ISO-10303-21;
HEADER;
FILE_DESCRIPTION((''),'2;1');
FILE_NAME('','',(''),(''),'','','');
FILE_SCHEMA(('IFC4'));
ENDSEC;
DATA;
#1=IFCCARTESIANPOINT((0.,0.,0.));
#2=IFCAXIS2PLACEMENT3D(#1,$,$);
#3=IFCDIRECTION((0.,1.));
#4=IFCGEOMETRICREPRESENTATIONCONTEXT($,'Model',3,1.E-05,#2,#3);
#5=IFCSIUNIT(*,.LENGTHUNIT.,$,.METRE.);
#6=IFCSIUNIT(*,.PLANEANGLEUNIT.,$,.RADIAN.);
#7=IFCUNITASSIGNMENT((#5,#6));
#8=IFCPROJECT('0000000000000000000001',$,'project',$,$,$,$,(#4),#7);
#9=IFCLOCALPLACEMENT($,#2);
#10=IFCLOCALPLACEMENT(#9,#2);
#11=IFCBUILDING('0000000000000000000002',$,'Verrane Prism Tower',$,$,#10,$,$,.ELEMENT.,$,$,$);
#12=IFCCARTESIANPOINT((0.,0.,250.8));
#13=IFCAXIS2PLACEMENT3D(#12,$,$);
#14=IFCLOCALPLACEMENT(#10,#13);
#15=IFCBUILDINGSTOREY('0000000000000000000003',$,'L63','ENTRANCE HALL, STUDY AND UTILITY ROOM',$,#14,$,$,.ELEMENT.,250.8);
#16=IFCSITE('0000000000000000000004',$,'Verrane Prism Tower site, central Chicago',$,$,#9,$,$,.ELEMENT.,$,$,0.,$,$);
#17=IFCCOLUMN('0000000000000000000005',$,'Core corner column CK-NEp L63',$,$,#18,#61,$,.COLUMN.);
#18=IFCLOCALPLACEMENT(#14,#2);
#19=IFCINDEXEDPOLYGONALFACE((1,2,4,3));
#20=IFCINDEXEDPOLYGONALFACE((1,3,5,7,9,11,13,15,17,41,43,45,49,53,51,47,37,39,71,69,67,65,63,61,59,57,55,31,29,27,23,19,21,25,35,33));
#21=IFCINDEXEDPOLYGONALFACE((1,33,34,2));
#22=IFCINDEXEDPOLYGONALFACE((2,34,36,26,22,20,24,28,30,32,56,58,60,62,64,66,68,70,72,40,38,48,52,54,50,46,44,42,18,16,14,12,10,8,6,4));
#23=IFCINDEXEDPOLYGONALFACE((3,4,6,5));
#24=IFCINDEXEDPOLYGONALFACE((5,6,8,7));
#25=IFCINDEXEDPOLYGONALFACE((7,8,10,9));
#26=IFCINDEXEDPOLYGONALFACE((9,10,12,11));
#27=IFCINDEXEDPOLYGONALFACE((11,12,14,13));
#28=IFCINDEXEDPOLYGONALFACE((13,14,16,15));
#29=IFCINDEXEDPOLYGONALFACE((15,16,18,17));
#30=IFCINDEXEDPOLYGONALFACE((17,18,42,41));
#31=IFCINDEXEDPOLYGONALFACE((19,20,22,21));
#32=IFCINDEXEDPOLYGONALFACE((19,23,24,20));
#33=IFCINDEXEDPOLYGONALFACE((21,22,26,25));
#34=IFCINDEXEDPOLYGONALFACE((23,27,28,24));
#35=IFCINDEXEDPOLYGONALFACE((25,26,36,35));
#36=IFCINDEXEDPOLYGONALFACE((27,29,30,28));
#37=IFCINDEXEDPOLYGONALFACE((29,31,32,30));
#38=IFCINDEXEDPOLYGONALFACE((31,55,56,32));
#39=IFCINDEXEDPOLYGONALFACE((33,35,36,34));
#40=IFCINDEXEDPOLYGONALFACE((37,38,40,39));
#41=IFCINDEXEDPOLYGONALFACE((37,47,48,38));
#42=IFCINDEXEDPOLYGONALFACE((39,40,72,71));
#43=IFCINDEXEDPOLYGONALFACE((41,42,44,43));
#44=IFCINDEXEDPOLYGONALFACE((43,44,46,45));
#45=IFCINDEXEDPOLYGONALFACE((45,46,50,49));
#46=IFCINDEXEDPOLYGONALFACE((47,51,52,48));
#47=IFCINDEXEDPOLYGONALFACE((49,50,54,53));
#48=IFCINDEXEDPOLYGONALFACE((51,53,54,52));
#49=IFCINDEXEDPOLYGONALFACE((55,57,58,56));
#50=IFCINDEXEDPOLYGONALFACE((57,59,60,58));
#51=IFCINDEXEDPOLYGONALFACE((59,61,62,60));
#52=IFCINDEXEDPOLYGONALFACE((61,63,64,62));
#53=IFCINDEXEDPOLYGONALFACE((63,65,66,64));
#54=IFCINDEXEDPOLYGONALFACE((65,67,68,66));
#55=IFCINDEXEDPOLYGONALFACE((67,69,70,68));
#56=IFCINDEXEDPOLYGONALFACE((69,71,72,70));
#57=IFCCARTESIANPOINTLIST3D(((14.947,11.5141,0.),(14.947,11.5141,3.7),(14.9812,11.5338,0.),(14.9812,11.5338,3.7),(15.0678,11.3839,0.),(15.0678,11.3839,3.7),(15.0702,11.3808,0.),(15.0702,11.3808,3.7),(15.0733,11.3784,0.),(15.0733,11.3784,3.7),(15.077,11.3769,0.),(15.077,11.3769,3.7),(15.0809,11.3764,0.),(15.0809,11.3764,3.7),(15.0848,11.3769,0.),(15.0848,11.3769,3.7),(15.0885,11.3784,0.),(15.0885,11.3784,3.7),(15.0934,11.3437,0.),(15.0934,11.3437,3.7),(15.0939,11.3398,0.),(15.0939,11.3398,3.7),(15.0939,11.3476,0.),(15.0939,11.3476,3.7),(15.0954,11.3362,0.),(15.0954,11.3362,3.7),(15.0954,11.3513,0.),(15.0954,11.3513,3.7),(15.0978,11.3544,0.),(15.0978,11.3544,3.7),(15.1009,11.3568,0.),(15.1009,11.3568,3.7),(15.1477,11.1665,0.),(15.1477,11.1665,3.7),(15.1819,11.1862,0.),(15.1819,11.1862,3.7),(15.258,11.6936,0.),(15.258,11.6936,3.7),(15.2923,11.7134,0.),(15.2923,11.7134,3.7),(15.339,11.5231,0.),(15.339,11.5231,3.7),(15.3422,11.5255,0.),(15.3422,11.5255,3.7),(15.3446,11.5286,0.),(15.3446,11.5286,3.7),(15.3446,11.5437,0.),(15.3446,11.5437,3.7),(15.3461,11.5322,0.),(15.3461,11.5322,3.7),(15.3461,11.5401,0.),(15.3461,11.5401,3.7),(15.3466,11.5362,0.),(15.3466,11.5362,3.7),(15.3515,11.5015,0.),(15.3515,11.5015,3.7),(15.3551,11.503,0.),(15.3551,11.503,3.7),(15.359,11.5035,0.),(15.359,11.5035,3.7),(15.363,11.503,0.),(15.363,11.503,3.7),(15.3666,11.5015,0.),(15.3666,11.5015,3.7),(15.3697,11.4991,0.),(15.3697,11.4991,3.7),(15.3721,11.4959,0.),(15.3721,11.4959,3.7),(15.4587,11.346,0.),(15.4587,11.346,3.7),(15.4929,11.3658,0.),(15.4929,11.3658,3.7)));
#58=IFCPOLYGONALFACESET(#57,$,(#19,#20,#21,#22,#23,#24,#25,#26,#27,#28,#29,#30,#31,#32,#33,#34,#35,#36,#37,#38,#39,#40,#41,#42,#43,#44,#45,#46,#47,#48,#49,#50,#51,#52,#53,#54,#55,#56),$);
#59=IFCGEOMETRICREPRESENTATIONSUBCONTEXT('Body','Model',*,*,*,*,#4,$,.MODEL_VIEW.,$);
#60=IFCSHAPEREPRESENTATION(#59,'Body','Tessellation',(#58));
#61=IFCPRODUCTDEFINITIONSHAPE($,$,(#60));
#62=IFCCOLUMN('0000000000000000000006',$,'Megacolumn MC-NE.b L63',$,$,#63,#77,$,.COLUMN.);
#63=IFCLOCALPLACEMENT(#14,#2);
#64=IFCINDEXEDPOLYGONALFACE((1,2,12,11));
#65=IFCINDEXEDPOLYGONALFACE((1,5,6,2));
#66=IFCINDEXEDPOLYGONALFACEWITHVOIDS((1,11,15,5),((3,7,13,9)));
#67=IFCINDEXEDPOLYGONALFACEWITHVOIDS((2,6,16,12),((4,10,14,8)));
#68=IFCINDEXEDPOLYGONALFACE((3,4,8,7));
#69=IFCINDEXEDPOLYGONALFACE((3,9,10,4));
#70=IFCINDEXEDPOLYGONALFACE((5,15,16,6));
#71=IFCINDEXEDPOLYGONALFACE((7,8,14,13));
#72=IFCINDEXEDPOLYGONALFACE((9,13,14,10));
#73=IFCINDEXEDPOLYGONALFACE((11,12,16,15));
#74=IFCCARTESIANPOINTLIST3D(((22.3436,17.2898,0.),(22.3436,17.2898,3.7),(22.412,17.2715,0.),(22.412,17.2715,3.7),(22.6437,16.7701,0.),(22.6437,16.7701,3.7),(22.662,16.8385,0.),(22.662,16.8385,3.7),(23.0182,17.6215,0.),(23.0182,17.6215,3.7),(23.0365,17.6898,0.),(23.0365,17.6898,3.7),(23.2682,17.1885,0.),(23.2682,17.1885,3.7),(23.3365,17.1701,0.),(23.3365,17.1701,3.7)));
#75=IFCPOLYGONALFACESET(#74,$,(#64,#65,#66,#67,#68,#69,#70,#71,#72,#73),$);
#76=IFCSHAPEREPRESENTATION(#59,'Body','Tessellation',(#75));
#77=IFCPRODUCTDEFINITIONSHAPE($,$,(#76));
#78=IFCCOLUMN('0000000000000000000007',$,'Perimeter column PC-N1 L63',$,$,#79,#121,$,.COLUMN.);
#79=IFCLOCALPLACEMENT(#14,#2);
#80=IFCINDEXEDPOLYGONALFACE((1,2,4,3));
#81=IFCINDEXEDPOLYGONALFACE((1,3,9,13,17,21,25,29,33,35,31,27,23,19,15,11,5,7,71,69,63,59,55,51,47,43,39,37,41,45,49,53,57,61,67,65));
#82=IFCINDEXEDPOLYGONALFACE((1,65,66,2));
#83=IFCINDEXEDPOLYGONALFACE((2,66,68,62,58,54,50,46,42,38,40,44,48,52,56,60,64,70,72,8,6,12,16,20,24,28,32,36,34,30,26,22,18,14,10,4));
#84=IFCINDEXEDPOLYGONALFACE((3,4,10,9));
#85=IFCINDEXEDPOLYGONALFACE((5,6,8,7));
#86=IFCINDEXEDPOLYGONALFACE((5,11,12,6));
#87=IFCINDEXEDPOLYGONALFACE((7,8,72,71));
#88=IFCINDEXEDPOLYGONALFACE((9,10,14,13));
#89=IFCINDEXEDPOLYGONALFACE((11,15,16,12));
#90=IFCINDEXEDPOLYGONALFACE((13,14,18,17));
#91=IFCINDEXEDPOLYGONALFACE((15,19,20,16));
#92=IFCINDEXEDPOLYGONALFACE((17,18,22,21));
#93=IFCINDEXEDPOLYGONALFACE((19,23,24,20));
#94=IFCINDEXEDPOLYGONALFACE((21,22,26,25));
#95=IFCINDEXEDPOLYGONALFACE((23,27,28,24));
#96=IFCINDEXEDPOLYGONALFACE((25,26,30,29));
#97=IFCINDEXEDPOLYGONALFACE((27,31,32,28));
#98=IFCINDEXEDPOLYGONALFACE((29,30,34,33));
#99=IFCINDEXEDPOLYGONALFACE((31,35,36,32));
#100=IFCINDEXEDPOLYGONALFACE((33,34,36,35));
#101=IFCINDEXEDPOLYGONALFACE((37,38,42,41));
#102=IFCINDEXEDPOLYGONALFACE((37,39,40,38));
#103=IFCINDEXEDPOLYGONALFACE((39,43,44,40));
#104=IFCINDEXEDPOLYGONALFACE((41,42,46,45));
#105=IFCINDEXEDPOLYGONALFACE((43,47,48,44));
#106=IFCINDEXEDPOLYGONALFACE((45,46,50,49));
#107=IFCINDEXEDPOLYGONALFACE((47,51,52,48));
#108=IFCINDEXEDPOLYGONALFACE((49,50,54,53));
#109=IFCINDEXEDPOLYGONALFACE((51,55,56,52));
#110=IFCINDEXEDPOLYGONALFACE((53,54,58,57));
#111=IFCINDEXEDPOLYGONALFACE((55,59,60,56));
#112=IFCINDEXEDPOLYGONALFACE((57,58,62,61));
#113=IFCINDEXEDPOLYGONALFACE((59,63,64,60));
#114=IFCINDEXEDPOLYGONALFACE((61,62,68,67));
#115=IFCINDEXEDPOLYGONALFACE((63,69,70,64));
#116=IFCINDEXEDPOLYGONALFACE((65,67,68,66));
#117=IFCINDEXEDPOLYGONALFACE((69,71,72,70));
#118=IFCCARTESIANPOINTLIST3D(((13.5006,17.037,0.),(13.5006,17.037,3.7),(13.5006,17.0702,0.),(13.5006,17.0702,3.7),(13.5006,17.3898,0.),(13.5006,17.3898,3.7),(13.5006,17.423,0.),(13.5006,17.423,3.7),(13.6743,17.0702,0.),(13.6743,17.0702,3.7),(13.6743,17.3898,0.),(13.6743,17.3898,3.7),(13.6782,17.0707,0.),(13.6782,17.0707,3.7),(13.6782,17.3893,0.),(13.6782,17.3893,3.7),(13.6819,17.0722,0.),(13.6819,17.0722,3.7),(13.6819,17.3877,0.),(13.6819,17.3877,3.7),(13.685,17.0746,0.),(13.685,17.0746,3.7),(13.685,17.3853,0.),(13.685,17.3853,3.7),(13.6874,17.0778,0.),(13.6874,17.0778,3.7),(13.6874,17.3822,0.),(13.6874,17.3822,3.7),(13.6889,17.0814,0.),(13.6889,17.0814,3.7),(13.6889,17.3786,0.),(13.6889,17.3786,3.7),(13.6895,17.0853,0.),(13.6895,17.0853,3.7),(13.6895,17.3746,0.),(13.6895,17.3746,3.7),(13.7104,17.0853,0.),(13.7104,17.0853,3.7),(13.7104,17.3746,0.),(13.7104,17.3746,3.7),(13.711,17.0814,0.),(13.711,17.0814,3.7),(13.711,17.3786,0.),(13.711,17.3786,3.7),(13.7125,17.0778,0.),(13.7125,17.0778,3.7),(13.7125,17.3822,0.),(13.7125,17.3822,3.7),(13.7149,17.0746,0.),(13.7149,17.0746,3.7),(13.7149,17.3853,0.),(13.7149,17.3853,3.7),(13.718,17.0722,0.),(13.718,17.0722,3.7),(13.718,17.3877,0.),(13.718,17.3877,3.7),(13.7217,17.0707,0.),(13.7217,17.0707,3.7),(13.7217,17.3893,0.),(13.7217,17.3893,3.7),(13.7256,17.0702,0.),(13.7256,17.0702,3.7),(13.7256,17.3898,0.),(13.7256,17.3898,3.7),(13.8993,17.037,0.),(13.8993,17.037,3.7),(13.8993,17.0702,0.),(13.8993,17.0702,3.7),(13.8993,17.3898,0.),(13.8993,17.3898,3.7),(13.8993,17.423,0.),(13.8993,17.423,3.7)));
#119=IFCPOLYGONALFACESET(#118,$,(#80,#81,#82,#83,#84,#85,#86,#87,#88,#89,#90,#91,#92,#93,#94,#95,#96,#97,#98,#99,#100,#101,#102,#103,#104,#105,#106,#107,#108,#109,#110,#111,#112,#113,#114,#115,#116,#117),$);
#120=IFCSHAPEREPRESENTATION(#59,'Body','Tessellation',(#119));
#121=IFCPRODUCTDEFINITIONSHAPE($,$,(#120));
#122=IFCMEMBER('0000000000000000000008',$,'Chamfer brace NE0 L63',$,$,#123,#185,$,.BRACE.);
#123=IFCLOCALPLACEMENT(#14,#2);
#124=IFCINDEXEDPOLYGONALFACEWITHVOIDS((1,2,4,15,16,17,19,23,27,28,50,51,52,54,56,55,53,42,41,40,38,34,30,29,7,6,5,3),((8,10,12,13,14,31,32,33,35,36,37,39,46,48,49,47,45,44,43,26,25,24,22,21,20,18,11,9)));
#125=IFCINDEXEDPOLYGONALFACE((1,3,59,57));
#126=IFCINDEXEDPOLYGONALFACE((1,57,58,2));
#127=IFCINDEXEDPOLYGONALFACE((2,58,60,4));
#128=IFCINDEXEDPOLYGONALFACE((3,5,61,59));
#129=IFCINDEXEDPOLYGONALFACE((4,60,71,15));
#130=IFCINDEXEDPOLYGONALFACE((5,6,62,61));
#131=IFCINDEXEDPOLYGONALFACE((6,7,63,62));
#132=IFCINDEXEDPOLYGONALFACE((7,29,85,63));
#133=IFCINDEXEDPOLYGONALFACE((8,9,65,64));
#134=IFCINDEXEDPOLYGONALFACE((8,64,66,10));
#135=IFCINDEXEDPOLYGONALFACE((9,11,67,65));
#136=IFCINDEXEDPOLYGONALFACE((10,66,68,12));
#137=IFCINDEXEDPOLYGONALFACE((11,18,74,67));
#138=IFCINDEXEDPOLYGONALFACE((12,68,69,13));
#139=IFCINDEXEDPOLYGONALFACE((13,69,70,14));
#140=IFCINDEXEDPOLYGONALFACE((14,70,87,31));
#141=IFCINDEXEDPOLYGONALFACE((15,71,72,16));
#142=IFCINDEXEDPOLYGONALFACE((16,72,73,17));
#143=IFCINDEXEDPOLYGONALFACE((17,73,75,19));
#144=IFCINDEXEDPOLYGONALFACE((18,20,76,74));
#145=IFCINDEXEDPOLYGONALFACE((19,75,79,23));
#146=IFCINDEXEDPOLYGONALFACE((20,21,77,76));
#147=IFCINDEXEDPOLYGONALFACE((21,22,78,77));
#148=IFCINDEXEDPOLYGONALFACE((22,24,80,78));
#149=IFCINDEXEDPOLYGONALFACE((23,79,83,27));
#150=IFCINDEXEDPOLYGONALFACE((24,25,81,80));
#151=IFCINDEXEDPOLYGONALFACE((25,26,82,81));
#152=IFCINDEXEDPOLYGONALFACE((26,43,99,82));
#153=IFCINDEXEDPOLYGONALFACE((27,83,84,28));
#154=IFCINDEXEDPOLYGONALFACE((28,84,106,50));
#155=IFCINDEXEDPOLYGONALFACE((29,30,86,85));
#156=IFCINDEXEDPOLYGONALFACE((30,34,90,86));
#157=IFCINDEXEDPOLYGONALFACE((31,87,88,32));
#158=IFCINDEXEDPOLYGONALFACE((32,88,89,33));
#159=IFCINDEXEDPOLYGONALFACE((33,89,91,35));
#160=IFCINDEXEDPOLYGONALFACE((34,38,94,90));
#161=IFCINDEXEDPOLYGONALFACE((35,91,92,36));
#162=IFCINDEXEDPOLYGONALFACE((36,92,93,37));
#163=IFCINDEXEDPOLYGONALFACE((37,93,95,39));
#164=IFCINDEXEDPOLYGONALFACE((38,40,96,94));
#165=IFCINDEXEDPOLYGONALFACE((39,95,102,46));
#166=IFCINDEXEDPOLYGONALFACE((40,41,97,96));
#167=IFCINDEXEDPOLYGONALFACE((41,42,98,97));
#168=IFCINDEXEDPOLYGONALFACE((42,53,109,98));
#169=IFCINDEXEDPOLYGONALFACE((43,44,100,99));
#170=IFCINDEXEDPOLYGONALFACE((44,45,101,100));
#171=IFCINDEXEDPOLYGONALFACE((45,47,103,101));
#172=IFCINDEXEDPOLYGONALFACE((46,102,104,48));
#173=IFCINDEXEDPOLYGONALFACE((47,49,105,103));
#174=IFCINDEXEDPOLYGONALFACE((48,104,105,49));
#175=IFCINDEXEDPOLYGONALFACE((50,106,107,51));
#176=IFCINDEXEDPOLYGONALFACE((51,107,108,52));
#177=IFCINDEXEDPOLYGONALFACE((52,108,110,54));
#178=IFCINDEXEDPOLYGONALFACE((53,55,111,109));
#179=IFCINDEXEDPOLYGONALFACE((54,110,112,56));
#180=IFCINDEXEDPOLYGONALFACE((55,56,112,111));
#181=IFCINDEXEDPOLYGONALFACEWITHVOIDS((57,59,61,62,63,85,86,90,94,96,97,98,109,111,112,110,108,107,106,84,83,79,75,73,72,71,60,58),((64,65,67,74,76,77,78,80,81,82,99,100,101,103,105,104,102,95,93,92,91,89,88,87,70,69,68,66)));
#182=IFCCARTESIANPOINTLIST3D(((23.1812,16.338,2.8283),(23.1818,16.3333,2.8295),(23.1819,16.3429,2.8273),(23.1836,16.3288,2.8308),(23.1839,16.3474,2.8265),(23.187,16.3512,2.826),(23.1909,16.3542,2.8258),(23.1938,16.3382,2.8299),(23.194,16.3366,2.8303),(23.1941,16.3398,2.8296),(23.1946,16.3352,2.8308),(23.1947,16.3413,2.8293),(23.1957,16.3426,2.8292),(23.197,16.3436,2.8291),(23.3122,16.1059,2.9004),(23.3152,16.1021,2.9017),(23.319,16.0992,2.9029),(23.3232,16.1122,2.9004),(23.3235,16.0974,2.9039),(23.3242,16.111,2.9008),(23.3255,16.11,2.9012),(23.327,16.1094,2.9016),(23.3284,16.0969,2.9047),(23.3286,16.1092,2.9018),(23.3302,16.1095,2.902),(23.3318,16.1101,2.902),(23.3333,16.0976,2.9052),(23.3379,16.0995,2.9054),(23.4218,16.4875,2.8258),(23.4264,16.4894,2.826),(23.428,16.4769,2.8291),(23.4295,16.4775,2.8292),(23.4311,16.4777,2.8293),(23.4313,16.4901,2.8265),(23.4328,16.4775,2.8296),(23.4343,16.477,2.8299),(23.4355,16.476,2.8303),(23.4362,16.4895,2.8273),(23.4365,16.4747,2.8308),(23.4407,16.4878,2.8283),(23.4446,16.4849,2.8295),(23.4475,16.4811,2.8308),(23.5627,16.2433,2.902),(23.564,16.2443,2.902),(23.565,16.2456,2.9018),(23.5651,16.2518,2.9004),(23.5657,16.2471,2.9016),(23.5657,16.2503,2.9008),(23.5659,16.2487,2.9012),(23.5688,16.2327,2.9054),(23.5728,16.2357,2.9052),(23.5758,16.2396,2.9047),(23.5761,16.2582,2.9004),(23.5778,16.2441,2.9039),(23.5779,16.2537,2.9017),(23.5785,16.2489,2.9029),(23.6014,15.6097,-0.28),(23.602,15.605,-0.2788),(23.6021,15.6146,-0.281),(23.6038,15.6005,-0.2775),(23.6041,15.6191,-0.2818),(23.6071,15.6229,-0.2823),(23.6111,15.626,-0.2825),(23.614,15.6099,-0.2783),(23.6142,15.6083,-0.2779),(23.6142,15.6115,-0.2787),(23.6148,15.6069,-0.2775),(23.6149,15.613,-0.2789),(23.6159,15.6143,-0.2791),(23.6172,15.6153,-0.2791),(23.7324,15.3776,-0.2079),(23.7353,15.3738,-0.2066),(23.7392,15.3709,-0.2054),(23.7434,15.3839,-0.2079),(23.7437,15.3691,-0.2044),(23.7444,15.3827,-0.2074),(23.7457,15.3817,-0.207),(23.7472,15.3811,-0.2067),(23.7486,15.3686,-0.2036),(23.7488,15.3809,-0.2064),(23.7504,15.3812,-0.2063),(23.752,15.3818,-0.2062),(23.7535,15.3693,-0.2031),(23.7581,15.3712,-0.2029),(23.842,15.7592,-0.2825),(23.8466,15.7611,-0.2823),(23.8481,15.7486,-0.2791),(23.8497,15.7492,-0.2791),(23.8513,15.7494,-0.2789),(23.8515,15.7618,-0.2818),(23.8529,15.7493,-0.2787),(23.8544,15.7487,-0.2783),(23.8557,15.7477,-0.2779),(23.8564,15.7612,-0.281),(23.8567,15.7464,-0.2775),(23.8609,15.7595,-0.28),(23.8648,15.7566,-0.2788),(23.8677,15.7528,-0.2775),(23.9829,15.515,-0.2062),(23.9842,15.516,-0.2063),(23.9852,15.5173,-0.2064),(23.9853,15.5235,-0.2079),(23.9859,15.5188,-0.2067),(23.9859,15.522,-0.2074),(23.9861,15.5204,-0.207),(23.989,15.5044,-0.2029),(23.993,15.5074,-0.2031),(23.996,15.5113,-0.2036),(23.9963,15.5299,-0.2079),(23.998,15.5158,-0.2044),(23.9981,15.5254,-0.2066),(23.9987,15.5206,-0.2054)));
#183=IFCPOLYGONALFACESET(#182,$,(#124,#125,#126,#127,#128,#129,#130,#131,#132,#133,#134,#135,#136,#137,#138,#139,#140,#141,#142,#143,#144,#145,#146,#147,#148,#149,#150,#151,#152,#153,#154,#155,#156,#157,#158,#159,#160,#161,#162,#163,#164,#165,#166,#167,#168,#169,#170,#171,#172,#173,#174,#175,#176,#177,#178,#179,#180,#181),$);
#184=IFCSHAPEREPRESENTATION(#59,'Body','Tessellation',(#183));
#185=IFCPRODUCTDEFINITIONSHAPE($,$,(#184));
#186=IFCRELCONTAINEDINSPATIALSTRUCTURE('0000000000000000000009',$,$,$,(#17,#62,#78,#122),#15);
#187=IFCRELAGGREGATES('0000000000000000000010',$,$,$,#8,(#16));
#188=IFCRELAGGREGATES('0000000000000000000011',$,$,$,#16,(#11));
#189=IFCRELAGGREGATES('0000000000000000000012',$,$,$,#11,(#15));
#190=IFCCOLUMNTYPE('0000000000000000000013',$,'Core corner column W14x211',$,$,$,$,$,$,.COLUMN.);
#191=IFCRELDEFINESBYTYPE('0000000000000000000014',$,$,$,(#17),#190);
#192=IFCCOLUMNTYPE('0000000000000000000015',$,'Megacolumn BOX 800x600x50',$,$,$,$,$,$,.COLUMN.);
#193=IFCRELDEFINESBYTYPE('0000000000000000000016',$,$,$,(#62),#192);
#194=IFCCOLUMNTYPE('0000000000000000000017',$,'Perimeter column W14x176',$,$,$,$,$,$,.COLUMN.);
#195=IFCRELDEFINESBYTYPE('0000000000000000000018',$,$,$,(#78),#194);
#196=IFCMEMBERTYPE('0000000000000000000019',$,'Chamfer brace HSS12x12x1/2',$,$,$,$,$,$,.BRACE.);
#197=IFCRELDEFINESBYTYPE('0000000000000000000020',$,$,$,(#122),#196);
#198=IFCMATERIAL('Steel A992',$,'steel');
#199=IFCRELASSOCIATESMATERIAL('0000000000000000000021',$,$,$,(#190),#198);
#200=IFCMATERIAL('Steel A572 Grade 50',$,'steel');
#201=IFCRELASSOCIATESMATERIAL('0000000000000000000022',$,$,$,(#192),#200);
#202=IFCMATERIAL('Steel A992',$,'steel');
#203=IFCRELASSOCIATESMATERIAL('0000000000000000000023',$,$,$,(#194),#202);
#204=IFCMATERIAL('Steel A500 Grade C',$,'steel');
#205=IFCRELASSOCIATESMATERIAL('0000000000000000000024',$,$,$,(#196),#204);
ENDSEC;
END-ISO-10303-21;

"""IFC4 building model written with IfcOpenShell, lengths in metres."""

from ifc_helpers import new_model, si_unit, direction, frame, origin, origin_2d, place, context, subcontext, project, spatial, hollow_rectangle, i_section, extrude, material, material_profile, profile_set, type_object, element, save


model = new_model("IFC4")

# Units and contexts
model_context = context("Model", 3, precision=1e-05, world=origin(), true_north=direction((0.0, 1.0)))
body_context = subcontext(model_context, "Body", "Model", "MODEL_VIEW")
ifc_project = project(units=[si_unit("LENGTHUNIT", "METRE"), si_unit("PLANEANGLEUNIT", "RADIAN")], contexts=[model_context])

# Site, building, storey
site_placement = place(None, origin())
site = spatial("IfcSite", under=ifc_project, at=site_placement, Name="Verrane Prism Tower site, central Chicago", CompositionType="ELEMENT", RefElevation=0.0)
building_placement = place(site_placement, origin())
building = spatial("IfcBuilding", under=site, at=building_placement, Name="Verrane Prism Tower", CompositionType="ELEMENT")
storey_placement = place(building_placement, frame((0.0, 0.0, 250.8)))
storey = spatial("IfcBuildingStorey", under=building, at=storey_placement, Name="L63", Description="ENTRANCE HALL, STUDY AND UTILITY ROOM", CompositionType="ELEMENT", Elevation=250.8)

# Columns
ifc_material_1 = material(Name="Steel A992", Category="steel")
ifc_material_profile_1 = material_profile(ifc_material_1, i_section(OverallWidth=0.4014, OverallDepth=0.3987, WebThickness=0.0249, FlangeThickness=0.0396, FilletRadius=0.0151, at=origin_2d()), Name="W14x211")
ifc_profile_set_1 = profile_set([ifc_material_profile_1], Name="Steel A992")
column_type_1 = type_object("IfcColumnType", Name="Core corner column W14x211", PredefinedType="COLUMN", material=ifc_profile_set_1)
column_1_placement = place(storey_placement, frame((15.22, 11.4399, 0.0), z_axis=(0.0, 0.0, 1.0), x_axis=(0.5, -0.866025, 0.0)))
element("IfcColumn", 1, at=column_1_placement, inside=storey, type_object=column_type_1, Name="Core corner column CK-NEp L63", PredefinedType="COLUMN", context=body_context, shape_type="SweptSolid", body=[
    extrude(i_section(OverallWidth=0.4014, OverallDepth=0.3987, WebThickness=0.0249, FlangeThickness=0.0396, FilletRadius=0.0151, at=origin_2d()), origin(), (0.0, 0.0, 1.0), 3.7),
])
ifc_material_2 = material(Name="Steel A572 Grade 50", Category="steel")
ifc_material_profile_2 = material_profile(ifc_material_2, hollow_rectangle(XDim=0.6001, YDim=0.8, WallThickness=0.05, at=origin_2d()), Name="BOX 800x600x50")
ifc_profile_set_2 = profile_set([ifc_material_profile_2], Name="Steel A572 Grade 50")
column_type_2 = type_object("IfcColumnType", Name="Megacolumn BOX 800x600x50", PredefinedType="COLUMN", material=ifc_profile_set_2)
column_2_placement = place(storey_placement, frame((22.8401, 17.23, 0.0), z_axis=(0.0, 0.0, 1.0), x_axis=(0.5, -0.866025, 0.0)))
element("IfcColumn", 2, at=column_2_placement, inside=storey, type_object=column_type_2, Name="Megacolumn MC-NE.b L63", PredefinedType="COLUMN", context=body_context, shape_type="SweptSolid", body=[
    extrude(hollow_rectangle(XDim=0.6001, YDim=0.8, WallThickness=0.05, at=origin_2d()), origin(), (0.0, 0.0, 1.0), 3.7),
])
ifc_material_3 = material(Name="Steel A992", Category="steel")
ifc_material_profile_3 = material_profile(ifc_material_3, i_section(OverallWidth=0.3987, OverallDepth=0.386, WebThickness=0.021, FlangeThickness=0.0332, FilletRadius=0.0151, at=origin_2d()), Name="W14x176")
ifc_profile_set_3 = profile_set([ifc_material_profile_3], Name="Steel A992")
column_type_3 = type_object("IfcColumnType", Name="Perimeter column W14x176", PredefinedType="COLUMN", material=ifc_profile_set_3)
column_3_placement = place(storey_placement, frame((13.7, 17.23, 0.0), z_axis=(0.0, 0.0, 1.0), x_axis=(1.0, 0.0, 0.0)))
element("IfcColumn", 3, at=column_3_placement, inside=storey, type_object=column_type_3, Name="Perimeter column PC-N1 L63", PredefinedType="COLUMN", context=body_context, shape_type="SweptSolid", body=[
    extrude(i_section(OverallWidth=0.3987, OverallDepth=0.386, WebThickness=0.021, FlangeThickness=0.0332, FilletRadius=0.0151, at=origin_2d()), origin(), (0.0, 0.0, 1.0), 3.7),
])

# Member
ifc_material_4 = material(Name="Steel A500 Grade C", Category="steel")
ifc_material_profile_4 = material_profile(ifc_material_4, hollow_rectangle(XDim=0.3047, YDim=0.3047, WallThickness=0.0127, InnerFilletRadius=0.0063, OuterFilletRadius=0.019, at=origin_2d()), Name="HSS12x12x1/2")
ifc_profile_set_4 = profile_set([ifc_material_profile_4], Name="Steel A500 Grade C")
member_type_1 = type_object("IfcMemberType", Name="Chamfer brace HSS12x12x1/2", PredefinedType="BRACE", material=ifc_profile_set_4)
member_1_placement = place(storey_placement, frame((23.8, 15.5652, -0.2427), z_axis=(-0.130492, 0.226181, 0.965305), x_axis=(-0.866181, -0.499731, 0.0)))
element("IfcMember", 4, at=member_1_placement, inside=storey, type_object=member_type_1, Name="Chamfer brace NE0 L63", PredefinedType="BRACE", context=body_context, shape_type="SweptSolid", body=[
    extrude(hollow_rectangle(XDim=0.3047, YDim=0.3047, WallThickness=0.0127, InnerFilletRadius=0.0063, OuterFilletRadius=0.019, at=origin_2d()), origin(), (0.0, 0.0, 1.0), 3.22),
])

save(model, "model.ifc")
